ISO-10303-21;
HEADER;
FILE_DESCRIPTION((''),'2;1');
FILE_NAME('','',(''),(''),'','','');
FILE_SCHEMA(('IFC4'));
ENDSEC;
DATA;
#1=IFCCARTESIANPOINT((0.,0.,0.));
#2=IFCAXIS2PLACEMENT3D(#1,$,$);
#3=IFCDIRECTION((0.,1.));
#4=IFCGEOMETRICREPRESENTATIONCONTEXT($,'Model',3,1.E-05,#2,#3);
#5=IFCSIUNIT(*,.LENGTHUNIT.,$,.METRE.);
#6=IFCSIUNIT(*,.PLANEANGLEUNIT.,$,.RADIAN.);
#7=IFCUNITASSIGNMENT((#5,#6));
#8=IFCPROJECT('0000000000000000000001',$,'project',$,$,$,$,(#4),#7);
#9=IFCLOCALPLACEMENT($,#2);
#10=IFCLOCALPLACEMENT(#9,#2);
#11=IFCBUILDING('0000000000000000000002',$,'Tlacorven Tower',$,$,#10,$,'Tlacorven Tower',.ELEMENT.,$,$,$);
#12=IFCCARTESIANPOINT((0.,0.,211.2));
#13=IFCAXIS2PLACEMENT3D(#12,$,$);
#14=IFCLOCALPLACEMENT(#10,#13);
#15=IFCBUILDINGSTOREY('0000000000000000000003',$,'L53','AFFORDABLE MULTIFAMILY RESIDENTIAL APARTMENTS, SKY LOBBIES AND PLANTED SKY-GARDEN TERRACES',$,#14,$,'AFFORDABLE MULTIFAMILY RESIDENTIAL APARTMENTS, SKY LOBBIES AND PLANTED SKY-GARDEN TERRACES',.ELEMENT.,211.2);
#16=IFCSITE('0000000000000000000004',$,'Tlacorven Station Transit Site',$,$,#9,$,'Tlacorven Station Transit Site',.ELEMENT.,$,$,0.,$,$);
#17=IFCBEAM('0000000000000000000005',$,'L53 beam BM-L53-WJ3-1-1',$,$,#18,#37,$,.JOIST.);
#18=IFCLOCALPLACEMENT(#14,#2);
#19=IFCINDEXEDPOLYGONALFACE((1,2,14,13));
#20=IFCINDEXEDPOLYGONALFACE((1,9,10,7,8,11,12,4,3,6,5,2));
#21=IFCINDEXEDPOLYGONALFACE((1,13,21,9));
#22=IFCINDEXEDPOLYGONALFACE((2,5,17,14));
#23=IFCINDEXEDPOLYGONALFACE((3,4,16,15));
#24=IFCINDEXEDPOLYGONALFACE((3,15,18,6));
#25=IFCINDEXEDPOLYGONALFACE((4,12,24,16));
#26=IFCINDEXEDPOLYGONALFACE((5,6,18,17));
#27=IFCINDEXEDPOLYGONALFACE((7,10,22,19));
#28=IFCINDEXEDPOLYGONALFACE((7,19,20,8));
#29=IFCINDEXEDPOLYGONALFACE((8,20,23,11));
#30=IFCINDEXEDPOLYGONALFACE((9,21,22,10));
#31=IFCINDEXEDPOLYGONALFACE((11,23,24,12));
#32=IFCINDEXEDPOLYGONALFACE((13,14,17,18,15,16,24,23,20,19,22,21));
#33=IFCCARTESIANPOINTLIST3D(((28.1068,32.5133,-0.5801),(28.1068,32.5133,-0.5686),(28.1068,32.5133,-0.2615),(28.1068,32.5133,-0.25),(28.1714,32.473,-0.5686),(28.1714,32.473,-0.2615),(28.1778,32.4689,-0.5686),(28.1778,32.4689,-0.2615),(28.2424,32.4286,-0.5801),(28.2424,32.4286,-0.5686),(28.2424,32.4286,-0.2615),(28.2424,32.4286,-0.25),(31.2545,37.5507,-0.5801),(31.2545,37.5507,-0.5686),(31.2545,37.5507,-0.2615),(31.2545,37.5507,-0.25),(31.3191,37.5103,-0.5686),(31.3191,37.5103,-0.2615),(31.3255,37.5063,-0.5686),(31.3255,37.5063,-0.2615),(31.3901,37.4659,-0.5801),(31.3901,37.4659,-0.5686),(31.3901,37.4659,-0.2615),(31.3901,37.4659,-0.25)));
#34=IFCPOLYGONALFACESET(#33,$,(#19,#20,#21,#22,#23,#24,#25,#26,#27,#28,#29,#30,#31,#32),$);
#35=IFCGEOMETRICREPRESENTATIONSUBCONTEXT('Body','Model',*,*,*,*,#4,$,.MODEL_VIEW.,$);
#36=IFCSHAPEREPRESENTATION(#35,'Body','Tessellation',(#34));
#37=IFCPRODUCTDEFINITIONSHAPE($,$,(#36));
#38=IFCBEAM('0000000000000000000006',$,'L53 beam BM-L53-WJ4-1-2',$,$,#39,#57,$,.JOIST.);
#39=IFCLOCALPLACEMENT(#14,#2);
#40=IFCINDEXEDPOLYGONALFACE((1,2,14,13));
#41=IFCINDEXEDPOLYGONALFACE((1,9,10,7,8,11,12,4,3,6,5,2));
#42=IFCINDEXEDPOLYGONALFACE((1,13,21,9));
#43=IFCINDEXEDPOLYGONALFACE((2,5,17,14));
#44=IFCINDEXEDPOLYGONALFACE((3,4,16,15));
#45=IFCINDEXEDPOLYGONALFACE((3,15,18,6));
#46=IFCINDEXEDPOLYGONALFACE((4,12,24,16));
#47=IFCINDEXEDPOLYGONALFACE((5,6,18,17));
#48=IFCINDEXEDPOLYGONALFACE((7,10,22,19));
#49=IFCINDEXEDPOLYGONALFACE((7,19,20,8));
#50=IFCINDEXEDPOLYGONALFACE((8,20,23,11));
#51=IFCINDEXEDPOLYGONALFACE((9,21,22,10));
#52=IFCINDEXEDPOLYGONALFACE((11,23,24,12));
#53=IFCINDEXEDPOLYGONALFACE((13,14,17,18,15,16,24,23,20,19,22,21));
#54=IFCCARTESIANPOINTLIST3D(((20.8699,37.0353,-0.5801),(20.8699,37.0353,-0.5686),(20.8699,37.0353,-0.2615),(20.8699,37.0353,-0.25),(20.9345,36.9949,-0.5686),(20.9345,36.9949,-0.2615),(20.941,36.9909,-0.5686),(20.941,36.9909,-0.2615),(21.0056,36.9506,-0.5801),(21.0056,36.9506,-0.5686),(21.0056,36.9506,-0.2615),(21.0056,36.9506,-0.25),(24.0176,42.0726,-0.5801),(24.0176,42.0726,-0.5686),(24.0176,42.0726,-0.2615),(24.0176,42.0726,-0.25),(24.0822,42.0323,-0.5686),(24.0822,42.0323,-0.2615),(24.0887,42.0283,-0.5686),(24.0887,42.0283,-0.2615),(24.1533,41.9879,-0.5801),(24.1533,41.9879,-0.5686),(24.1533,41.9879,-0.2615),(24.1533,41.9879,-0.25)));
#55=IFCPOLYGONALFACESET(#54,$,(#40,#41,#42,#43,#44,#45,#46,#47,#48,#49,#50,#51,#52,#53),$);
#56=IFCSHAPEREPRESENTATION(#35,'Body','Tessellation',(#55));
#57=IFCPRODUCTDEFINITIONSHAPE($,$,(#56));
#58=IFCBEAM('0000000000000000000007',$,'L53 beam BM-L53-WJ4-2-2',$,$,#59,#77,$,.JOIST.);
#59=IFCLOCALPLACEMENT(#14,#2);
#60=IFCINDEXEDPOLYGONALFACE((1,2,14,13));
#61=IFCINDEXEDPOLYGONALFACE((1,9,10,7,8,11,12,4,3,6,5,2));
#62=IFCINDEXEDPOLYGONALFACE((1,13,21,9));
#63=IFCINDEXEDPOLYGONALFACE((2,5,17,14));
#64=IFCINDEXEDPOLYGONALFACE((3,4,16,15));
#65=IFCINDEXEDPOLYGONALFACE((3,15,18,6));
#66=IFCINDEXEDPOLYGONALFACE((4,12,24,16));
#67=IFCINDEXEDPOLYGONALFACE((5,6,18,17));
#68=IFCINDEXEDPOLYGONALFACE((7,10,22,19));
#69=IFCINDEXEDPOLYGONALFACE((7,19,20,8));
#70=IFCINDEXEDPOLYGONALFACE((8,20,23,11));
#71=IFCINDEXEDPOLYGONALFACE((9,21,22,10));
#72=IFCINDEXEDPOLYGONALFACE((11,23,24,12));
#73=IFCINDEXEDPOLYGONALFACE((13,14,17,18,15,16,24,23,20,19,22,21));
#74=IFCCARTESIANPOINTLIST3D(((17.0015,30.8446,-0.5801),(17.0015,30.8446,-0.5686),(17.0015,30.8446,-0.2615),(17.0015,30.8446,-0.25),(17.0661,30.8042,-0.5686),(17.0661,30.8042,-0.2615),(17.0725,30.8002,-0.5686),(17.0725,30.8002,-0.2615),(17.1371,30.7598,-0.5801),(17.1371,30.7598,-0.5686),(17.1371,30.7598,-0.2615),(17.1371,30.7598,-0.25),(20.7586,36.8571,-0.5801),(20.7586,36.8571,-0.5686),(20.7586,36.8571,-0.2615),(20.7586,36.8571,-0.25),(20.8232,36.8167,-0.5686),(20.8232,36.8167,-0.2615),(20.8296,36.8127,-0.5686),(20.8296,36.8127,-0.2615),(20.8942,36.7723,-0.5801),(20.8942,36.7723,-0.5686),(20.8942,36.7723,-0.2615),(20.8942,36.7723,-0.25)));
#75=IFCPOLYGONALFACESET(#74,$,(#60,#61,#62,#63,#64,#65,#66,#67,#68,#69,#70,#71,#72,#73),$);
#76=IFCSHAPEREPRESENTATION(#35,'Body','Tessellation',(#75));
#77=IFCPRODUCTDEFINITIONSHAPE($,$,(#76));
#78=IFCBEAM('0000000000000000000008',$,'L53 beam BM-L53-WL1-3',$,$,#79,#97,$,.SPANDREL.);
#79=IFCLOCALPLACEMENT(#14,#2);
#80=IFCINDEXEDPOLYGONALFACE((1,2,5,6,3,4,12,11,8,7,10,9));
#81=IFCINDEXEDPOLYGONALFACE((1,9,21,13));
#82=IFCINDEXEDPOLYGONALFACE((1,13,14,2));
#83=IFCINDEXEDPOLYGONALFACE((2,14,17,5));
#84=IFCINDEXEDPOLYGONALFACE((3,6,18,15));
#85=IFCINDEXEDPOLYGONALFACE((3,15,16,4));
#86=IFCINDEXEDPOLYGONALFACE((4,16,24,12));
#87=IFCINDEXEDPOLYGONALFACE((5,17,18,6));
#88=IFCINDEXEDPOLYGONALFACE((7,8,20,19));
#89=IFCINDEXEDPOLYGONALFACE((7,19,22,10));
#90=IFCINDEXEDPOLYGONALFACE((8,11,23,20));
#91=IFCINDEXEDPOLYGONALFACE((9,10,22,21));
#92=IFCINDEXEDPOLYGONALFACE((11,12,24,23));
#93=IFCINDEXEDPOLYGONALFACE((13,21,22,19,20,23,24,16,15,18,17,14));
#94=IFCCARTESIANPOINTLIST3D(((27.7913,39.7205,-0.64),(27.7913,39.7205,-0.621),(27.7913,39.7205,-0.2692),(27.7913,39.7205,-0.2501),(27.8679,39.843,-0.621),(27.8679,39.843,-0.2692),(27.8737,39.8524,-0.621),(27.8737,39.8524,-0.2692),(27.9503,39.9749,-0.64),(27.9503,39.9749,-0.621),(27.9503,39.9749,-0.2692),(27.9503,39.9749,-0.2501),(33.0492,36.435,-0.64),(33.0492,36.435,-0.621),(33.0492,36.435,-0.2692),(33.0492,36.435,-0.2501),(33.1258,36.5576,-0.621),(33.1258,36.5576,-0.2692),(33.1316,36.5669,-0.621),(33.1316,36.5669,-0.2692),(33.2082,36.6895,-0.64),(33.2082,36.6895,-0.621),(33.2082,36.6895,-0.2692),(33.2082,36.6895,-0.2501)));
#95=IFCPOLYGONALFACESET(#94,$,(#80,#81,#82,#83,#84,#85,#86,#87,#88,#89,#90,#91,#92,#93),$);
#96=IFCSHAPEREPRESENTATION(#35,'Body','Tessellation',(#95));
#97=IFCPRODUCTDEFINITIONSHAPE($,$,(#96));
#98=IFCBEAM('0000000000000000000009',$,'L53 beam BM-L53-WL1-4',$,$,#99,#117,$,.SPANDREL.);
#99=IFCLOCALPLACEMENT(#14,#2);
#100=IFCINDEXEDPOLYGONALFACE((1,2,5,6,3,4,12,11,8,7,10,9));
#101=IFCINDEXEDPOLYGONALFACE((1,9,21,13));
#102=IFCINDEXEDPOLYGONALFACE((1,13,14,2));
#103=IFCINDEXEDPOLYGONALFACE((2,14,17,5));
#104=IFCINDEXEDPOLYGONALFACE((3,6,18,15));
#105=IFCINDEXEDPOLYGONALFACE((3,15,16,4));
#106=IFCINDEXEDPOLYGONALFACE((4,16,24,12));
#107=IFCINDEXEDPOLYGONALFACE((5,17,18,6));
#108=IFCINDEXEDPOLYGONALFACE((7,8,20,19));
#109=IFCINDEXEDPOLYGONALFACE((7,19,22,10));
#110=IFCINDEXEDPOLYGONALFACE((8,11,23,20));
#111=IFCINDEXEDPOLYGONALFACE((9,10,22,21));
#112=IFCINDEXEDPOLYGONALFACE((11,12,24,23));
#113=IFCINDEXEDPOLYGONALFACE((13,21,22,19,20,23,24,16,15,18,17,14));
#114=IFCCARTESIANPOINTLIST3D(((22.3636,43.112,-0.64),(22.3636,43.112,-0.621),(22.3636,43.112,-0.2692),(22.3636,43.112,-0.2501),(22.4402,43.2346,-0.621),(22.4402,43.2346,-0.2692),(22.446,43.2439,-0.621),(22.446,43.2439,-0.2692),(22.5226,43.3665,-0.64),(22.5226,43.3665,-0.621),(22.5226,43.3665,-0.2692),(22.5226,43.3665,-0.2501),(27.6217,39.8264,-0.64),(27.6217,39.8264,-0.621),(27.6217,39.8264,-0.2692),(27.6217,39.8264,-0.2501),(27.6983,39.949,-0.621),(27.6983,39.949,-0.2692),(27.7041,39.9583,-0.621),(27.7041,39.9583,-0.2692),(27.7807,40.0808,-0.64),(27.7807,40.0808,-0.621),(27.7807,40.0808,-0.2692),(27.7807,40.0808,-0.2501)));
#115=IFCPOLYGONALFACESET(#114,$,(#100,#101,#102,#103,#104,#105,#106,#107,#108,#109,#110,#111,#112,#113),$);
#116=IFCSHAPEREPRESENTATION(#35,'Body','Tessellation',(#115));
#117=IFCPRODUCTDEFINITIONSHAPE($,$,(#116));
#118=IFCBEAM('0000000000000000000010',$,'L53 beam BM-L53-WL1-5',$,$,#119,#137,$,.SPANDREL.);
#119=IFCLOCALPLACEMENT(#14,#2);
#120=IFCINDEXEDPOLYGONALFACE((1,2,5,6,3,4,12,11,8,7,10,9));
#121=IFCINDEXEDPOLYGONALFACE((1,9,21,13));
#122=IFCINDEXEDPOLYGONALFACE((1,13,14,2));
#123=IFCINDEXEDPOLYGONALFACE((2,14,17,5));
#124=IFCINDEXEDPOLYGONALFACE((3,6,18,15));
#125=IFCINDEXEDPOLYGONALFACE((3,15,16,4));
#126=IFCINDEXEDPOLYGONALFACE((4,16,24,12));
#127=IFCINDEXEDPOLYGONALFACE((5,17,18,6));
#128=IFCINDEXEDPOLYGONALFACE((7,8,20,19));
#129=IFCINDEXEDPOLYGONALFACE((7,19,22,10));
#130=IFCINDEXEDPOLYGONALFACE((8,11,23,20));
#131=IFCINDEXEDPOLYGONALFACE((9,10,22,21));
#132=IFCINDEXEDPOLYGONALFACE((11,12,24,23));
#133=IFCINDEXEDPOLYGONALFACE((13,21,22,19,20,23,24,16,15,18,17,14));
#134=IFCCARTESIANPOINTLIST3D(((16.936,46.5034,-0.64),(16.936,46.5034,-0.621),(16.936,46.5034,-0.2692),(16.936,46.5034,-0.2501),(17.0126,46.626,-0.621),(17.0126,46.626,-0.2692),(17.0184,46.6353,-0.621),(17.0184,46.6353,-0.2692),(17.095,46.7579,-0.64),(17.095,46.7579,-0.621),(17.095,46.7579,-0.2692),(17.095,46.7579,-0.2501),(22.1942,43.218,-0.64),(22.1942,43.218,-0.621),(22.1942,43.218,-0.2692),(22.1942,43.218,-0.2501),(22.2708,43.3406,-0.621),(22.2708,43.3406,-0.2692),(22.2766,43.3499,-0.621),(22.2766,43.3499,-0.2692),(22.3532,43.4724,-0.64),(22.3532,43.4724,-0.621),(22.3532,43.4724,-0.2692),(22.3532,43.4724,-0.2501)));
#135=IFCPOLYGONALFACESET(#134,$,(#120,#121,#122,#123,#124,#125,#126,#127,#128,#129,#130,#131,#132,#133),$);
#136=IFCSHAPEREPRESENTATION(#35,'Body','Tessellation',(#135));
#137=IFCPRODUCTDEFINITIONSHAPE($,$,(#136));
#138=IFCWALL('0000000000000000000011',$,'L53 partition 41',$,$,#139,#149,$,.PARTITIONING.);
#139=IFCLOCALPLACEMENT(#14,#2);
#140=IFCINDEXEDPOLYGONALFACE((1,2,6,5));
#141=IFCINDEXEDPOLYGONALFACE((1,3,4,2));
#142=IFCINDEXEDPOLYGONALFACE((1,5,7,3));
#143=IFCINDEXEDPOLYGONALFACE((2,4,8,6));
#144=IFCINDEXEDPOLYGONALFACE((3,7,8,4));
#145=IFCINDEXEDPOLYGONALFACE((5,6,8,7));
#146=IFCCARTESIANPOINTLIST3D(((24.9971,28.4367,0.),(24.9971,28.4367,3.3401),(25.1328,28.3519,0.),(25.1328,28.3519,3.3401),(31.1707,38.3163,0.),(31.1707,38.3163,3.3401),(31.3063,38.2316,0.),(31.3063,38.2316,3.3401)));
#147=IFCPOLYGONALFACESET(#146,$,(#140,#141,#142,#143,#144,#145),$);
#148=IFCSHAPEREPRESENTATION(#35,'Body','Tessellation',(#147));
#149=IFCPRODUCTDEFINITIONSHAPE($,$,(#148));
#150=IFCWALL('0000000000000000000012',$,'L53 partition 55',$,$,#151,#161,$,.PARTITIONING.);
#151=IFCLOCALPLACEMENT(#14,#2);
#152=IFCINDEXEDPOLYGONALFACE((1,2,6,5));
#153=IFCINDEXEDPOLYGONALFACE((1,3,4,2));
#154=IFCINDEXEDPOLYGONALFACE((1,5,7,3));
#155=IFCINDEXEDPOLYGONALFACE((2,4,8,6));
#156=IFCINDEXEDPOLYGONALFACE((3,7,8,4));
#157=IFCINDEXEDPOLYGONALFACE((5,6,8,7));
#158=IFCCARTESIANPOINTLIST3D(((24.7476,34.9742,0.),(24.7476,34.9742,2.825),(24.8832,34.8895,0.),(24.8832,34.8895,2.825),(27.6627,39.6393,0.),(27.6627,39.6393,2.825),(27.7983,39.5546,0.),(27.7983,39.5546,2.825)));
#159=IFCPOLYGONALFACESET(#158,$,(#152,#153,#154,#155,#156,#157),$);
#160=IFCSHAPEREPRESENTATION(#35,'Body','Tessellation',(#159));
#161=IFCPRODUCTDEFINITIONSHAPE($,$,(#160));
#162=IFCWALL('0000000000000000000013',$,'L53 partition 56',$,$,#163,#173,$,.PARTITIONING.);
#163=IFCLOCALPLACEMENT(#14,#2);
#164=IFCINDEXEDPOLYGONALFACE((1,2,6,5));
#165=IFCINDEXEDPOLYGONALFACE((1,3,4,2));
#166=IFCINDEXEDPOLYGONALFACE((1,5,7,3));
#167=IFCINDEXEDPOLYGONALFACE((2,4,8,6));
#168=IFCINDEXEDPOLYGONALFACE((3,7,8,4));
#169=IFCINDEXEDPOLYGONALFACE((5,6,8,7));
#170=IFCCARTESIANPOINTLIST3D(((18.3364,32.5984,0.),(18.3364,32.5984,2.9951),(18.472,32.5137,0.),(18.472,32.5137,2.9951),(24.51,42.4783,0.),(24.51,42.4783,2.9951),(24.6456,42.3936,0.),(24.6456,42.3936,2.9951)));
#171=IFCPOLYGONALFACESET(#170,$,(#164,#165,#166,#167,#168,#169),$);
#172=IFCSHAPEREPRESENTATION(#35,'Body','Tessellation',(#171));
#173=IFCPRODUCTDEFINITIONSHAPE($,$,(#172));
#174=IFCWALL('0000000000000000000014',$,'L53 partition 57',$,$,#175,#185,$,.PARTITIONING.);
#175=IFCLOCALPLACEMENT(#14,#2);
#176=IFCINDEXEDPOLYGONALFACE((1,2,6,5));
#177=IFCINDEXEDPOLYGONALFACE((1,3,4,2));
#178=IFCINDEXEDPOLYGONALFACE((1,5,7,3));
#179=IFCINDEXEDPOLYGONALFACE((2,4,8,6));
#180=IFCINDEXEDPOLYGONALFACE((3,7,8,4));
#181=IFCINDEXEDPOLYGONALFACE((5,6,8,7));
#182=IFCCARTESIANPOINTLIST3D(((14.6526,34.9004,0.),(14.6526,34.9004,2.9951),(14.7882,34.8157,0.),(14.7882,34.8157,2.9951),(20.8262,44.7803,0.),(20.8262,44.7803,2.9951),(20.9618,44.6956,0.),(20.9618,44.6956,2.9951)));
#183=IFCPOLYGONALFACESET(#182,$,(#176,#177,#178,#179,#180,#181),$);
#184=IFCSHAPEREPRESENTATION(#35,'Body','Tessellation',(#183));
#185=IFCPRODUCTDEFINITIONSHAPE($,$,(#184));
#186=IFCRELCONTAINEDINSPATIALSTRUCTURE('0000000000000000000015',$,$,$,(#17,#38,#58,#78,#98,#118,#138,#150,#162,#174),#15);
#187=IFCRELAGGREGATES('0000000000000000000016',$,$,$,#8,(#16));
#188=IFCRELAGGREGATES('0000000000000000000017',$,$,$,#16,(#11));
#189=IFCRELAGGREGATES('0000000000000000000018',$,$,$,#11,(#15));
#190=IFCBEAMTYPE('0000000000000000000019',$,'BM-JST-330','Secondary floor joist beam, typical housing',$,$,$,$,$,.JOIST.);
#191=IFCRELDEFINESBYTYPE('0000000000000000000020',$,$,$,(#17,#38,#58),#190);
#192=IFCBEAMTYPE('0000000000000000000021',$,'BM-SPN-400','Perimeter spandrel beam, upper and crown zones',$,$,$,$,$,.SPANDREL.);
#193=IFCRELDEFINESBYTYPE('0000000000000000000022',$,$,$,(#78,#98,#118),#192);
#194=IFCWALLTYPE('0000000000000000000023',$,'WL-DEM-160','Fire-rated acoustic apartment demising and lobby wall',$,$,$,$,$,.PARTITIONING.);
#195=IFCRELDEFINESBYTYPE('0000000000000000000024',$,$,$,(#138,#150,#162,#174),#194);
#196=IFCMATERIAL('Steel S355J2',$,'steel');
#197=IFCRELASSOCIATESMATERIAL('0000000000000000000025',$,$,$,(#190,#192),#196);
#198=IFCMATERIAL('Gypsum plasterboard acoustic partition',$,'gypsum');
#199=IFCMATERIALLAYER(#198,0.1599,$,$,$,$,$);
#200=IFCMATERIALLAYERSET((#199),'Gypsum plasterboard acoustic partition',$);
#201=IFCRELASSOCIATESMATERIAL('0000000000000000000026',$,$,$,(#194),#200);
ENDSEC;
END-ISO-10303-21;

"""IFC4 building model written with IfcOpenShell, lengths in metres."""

from ifc_helpers import new_model, si_unit, direction, frame, frame_2d, origin, origin_2d, place, context, subcontext, project, spatial, rectangle, i_section, extrude, source, transform, mapped, material, layer, layer_set, material_profile, profile_set, type_object, element, save


model = new_model("IFC4")

# Units and contexts
model_context = context("Model", 3, precision=1e-05, world=origin(), true_north=direction((0.0, 1.0)))
body_context = subcontext(model_context, "Body", "Model", "MODEL_VIEW")
ifc_project = project(units=[si_unit("LENGTHUNIT", "METRE"), si_unit("PLANEANGLEUNIT", "RADIAN")], contexts=[model_context])

# Site, building, storey
site_placement = place(None, origin())
site = spatial("IfcSite", under=ifc_project, at=site_placement, Name="Tlacorven Station Transit Site", LongName="Tlacorven Station Transit Site", CompositionType="ELEMENT", RefElevation=0.0)
building_placement = place(site_placement, origin())
building = spatial("IfcBuilding", under=site, at=building_placement, Name="Tlacorven Tower", LongName="Tlacorven Tower", CompositionType="ELEMENT")
storey_placement = place(building_placement, frame((0.0, 0.0, 211.2)))
storey = spatial("IfcBuildingStorey", under=building, at=storey_placement, Name="L53", Description="AFFORDABLE MULTIFAMILY RESIDENTIAL APARTMENTS, SKY LOBBIES AND PLANTED SKY-GARDEN TERRACES", LongName="AFFORDABLE MULTIFAMILY RESIDENTIAL APARTMENTS, SKY LOBBIES AND PLANTED SKY-GARDEN TERRACES", CompositionType="ELEMENT", Elevation=211.2)

# Beams
ifc_material_1 = material(Name="Steel S355J2", Category="steel")
ifc_material_profile_1 = material_profile(ifc_material_1, i_section(OverallWidth=0.1599, OverallDepth=0.3301, WebThickness=0.0076, FlangeThickness=0.0115, at=origin_2d()), Name="IPE 330")
ifc_profile_set_1 = profile_set([ifc_material_profile_1], Name="Steel S355J2")
beam_type_1 = type_object("IfcBeamType", Name="BM-JST-330", Description="Secondary floor joist beam, typical housing", PredefinedType="JOIST", material=ifc_profile_set_1)
shared_shape_1 = source(origin(), body_context, "Body", "SweptSolid", [
    extrude(i_section(OverallWidth=0.1599, OverallDepth=0.3301, WebThickness=0.0076, FlangeThickness=0.0115, at=origin_2d()), origin(), (0.0, 0.0, 1.0), 5.9399),
])
for number, where, z_axis, x_axis, name in (
    (1, (31.3223, 37.5083, -0.415), (-0.529921, -0.848047, 0.0), (0.848047, -0.529921, 0.0), "L53 beam BM-L53-WJ3-1-1"),
    (2, (24.0854, 42.0303, -0.415), (-0.529921, -0.848047, 0.0), (0.848047, -0.529921, 0.0), "L53 beam BM-L53-WJ4-1-2"),
):
    element("IfcBeam", number, at=place(storey_placement, frame(where, z_axis=z_axis, x_axis=x_axis)), inside=storey, type_object=beam_type_1, Name=name, PredefinedType="JOIST", context=body_context, shape_type="MappedRepresentation", body=[
        mapped(shared_shape_1, transform((0.0, 0.0, 0.0), scale=1.0)),
    ])
shared_shape_2 = source(origin(), body_context, "Body", "SweptSolid", [
    extrude(i_section(OverallWidth=0.1599, OverallDepth=0.3301, WebThickness=0.0076, FlangeThickness=0.0115, at=origin_2d()), origin(), (0.0, 0.0, 1.0), 7.0898),
])
beam_1_placement = place(storey_placement, frame((20.8264, 36.8147, -0.415), z_axis=(-0.529928, -0.848043, 0.0), x_axis=(0.848043, -0.529928, 0.0)))
element("IfcBeam", 3, at=beam_1_placement, inside=storey, type_object=beam_type_1, Name="L53 beam BM-L53-WJ4-2-2", PredefinedType="JOIST", context=body_context, shape_type="MappedRepresentation", body=[
    mapped(shared_shape_2, transform((0.0, 0.0, 0.0), scale=1.0)),
])
ifc_material_profile_2 = material_profile(ifc_material_1, i_section(OverallWidth=0.3, OverallDepth=0.3899, WebThickness=0.011, FlangeThickness=0.019, at=origin_2d()), Name="HEA 400")
ifc_profile_set_2 = profile_set([ifc_material_profile_2], Name="Steel S355J2")
beam_type_2 = type_object("IfcBeamType", Name="BM-SPN-400", Description="Perimeter spandrel beam, upper and crown zones", PredefinedType="SPANDREL", material=ifc_profile_set_2)
shared_shape_3 = source(origin(), body_context, "Body", "SweptSolid", [
    extrude(i_section(OverallWidth=0.3, OverallDepth=0.3899, WebThickness=0.011, FlangeThickness=0.019, at=origin_2d()), origin(), (0.0, 0.0, 1.0), 6.2),
])
beam_2_placement = place(storey_placement, frame((33.1287, 36.5623, -0.4451), z_axis=(-0.848051, 0.529914, 0.0), x_axis=(-0.529914, -0.848051, 0.0)))
element("IfcBeam", 4, at=beam_2_placement, inside=storey, type_object=beam_type_2, Name="L53 beam BM-L53-WL1-3", PredefinedType="SPANDREL", context=body_context, shape_type="MappedRepresentation", body=[
    mapped(shared_shape_3, transform((0.0, 0.0, 0.0), scale=1.0)),
])
shared_shape_4 = source(origin(), body_context, "Body", "SweptSolid", [
    extrude(i_section(OverallWidth=0.3, OverallDepth=0.3899, WebThickness=0.011, FlangeThickness=0.019, at=origin_2d()), origin(), (0.0, 0.0, 1.0), 6.2002),
])
for number, where, z_axis, x_axis, name in (
    (5, (27.7012, 39.9536, -0.4451), (-0.848045, 0.529925, 0.0), (-0.529925, -0.848045, 0.0), "L53 beam BM-L53-WL1-4"),
    (6, (22.2737, 43.3452, -0.4451), (-0.848062, 0.529896, 0.0), (-0.529896, -0.848062, 0.0), "L53 beam BM-L53-WL1-5"),
):
    element("IfcBeam", number, at=place(storey_placement, frame(where, z_axis=z_axis, x_axis=x_axis)), inside=storey, type_object=beam_type_2, Name=name, PredefinedType="SPANDREL", context=body_context, shape_type="MappedRepresentation", body=[
        mapped(shared_shape_4, transform((0.0, 0.0, 0.0), scale=1.0)),
    ])

# Walls
ifc_material_2 = material(Name="Gypsum plasterboard acoustic partition", Category="gypsum")
ifc_layer = layer(ifc_material_2, 0.1599)
ifc_layer_set = layer_set([ifc_layer], Name="Gypsum plasterboard acoustic partition")
wall_type = type_object("IfcWallType", Name="WL-DEM-160", Description="Fire-rated acoustic apartment demising and lobby wall", PredefinedType="PARTITIONING", material=ifc_layer_set)
wall_1_placement = place(storey_placement, frame((31.2385, 38.2739, 0.0), z_axis=(0.0, 0.0, 1.0), x_axis=(-0.529925, -0.848044, 0.0)))
element("IfcWall", 7, at=wall_1_placement, inside=storey, type_object=wall_type, Name="L53 partition 41", PredefinedType="PARTITIONING", context=body_context, shape_type="SweptSolid", body=[
    extrude(rectangle(XDim=11.6499, YDim=0.1599, at=frame_2d((5.825, 0.0))), origin(), (0.0, 0.0, 1.0), 3.3401),
])
wall_2_placement = place(storey_placement, frame((27.7305, 39.5969, 0.0), z_axis=(0.0, 0.0, 1.0), x_axis=(-0.529919, -0.848048, 0.0)))
element("IfcWall", 8, at=wall_2_placement, inside=storey, type_object=wall_type, Name="L53 partition 55", PredefinedType="PARTITIONING", context=body_context, shape_type="SweptSolid", body=[
    extrude(rectangle(XDim=5.501, YDim=0.1599, at=frame_2d((2.7505, 0.0))), origin(), (0.0, 0.0, 1.0), 2.825),
])
for number, where, z_axis, x_axis, name in (
    (9, (24.5779, 42.436, 0.0), (0.0, 0.0, 1.0), (-0.529916, -0.84805, 0.0), "L53 partition 56"),
    (10, (20.894, 44.738, 0.0), (0.0, 0.0, 1.0), (-0.529916, -0.84805, 0.0), "L53 partition 57"),
):
    element("IfcWall", number, at=place(storey_placement, frame(where, z_axis=z_axis, x_axis=x_axis)), inside=storey, type_object=wall_type, Name=name, PredefinedType="PARTITIONING", context=body_context, shape_type="SweptSolid", body=[
        extrude(rectangle(XDim=11.6501, YDim=0.1599, at=frame_2d((5.8252, 0.0))), origin(), (0.0, 0.0, 1.0), 2.9951),
    ])

save(model, "model.ifc")
